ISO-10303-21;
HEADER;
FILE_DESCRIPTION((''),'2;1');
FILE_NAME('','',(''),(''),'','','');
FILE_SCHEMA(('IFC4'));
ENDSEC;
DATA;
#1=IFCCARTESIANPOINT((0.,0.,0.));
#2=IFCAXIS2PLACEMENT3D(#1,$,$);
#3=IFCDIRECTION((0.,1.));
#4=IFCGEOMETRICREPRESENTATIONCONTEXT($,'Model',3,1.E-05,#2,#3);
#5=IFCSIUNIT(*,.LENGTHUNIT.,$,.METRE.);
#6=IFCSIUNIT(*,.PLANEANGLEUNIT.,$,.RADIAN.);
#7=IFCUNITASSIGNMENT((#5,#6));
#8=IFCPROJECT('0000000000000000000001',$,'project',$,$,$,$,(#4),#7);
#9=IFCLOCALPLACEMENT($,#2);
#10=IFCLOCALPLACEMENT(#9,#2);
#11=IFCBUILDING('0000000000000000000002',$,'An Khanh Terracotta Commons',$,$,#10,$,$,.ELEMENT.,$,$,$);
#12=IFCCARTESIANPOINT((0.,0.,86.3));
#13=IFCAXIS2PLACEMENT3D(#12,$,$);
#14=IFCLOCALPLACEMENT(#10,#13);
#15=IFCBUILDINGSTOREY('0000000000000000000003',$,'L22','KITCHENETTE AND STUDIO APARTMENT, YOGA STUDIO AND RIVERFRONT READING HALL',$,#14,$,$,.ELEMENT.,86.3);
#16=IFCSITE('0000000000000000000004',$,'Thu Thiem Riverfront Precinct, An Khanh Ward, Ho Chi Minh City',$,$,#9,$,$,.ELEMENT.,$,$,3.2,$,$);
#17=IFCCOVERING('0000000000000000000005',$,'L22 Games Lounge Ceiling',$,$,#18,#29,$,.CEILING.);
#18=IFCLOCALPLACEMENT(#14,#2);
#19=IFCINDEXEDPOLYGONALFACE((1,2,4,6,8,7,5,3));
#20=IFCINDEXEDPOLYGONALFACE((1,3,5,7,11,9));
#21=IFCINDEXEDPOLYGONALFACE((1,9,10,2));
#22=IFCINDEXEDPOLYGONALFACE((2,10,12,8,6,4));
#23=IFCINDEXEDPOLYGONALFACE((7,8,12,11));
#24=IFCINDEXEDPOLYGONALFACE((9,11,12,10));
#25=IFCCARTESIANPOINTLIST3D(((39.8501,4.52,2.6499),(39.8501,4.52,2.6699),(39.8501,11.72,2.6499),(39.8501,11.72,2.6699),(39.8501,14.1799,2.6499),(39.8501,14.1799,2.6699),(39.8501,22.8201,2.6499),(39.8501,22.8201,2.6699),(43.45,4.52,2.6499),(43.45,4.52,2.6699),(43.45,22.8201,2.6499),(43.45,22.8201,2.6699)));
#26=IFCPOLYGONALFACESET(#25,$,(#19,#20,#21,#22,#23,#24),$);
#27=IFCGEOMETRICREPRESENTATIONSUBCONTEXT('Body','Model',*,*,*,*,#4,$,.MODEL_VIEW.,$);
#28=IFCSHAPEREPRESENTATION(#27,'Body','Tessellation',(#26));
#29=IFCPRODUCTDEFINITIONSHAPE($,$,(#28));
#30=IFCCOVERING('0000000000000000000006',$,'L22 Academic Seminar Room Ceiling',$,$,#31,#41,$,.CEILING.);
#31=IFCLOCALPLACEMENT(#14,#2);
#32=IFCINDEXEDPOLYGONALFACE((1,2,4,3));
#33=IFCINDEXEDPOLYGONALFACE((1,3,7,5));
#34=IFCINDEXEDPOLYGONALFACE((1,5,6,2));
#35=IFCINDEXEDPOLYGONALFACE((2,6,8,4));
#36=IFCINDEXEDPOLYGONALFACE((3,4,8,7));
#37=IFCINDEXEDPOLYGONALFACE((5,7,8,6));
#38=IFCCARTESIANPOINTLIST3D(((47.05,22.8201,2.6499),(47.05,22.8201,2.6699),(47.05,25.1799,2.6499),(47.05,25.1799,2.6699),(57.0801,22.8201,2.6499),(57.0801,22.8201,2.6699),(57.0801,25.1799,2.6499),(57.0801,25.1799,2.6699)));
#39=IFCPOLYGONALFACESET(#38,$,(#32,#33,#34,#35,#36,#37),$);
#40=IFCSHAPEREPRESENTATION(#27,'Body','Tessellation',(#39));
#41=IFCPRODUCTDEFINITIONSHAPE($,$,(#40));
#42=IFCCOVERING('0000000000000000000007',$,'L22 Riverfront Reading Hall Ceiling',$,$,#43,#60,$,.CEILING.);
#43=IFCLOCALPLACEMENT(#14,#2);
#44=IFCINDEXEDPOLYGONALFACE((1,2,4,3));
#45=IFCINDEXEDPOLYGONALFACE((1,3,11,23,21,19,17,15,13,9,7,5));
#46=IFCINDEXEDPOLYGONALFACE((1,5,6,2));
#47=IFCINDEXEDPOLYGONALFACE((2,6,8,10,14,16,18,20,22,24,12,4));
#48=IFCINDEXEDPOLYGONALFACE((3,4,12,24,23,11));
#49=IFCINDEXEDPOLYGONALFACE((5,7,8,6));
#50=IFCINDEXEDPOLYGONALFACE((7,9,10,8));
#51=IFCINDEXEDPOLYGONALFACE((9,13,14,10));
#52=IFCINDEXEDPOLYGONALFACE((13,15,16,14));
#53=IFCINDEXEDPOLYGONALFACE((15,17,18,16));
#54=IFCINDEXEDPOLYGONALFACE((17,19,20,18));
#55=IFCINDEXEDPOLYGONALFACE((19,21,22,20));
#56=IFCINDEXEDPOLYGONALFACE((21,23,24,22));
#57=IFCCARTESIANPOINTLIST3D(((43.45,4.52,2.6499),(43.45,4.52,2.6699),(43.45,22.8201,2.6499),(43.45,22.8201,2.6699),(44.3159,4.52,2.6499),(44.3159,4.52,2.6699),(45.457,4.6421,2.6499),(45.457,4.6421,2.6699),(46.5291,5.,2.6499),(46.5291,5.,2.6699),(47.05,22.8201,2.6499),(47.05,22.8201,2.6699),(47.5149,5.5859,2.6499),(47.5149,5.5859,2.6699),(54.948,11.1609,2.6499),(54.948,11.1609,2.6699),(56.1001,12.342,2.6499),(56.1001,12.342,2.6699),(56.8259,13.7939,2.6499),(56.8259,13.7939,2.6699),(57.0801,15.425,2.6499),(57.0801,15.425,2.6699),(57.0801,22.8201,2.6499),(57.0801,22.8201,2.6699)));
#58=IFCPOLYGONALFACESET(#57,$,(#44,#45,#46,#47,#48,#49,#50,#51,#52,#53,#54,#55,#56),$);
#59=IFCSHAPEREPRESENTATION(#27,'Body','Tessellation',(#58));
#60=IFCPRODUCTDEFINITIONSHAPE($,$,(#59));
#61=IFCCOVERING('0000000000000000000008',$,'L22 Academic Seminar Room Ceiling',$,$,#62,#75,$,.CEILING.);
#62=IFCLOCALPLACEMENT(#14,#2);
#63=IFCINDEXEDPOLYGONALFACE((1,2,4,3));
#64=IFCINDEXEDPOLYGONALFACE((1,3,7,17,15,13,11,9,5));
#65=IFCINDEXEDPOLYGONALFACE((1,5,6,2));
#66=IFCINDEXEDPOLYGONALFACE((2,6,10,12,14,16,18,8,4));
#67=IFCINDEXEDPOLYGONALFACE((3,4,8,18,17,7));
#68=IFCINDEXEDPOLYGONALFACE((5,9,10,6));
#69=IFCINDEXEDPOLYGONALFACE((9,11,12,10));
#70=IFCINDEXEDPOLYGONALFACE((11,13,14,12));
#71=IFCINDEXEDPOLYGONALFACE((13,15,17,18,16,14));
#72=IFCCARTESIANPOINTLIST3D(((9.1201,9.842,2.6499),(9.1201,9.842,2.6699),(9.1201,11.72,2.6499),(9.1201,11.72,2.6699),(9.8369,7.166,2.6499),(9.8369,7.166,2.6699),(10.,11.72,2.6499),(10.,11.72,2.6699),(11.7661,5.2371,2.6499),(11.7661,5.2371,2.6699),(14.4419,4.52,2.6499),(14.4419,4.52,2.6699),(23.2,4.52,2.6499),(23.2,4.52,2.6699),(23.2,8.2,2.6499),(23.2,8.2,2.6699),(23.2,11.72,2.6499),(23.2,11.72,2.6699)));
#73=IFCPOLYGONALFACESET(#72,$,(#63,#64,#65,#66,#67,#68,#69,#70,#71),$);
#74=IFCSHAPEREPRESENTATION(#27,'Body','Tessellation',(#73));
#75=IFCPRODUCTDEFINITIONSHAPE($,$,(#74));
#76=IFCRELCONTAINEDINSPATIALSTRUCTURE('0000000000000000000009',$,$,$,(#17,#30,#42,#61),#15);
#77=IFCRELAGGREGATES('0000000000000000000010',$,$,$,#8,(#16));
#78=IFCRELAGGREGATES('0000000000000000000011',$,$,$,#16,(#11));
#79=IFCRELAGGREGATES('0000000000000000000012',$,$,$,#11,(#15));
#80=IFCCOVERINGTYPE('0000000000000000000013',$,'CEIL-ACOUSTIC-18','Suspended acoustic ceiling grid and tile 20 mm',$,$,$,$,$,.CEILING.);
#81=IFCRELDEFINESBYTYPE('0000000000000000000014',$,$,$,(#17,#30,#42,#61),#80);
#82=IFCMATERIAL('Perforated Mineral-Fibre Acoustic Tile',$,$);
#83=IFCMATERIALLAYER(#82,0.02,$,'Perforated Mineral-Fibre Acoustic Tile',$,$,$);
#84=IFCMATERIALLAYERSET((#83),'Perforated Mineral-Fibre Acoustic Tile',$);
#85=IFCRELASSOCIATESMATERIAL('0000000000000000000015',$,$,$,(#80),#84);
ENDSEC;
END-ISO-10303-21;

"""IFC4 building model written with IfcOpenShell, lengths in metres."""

from ifc_helpers import new_model, si_unit, direction, frame, origin, place, context, subcontext, project, spatial, polyline, outline, extrude, material, layer, layer_set, type_object, element, save


model = new_model("IFC4")

# Units and contexts
model_context = context("Model", 3, precision=1e-05, world=origin(), true_north=direction((0.0, 1.0)))
body_context = subcontext(model_context, "Body", "Model", "MODEL_VIEW")
ifc_project = project(units=[si_unit("LENGTHUNIT", "METRE"), si_unit("PLANEANGLEUNIT", "RADIAN")], contexts=[model_context])

# Site, building, storey
site_placement = place(None, origin())
site = spatial("IfcSite", under=ifc_project, at=site_placement, Name="Thu Thiem Riverfront Precinct, An Khanh Ward, Ho Chi Minh City", CompositionType="ELEMENT", RefElevation=3.2)
building_placement = place(site_placement, origin())
building = spatial("IfcBuilding", under=site, at=building_placement, Name="An Khanh Terracotta Commons", CompositionType="ELEMENT")
storey_placement = place(building_placement, frame((0.0, 0.0, 86.3)))
storey = spatial("IfcBuildingStorey", under=building, at=storey_placement, Name="L22", Description="KITCHENETTE AND STUDIO APARTMENT, YOGA STUDIO AND RIVERFRONT READING HALL", CompositionType="ELEMENT", Elevation=86.3)

# Coverings
ifc_material_1 = material(Name="Perforated Mineral-Fibre Acoustic Tile")
ifc_layer_1 = layer(ifc_material_1, 0.02, Name="Perforated Mineral-Fibre Acoustic Tile")
ifc_layer_set_1 = layer_set([ifc_layer_1], Name="Perforated Mineral-Fibre Acoustic Tile")
covering_type = type_object("IfcCoveringType", Name="CEIL-ACOUSTIC-18", Description="Suspended acoustic ceiling grid and tile 20 mm", PredefinedType="CEILING", material=ifc_layer_set_1)
covering_1_placement = place(storey_placement, frame((0.0, 0.0, 2.6499)))
element("IfcCovering", 1, at=covering_1_placement, inside=storey, type_object=covering_type, Name="L22 Games Lounge Ceiling", PredefinedType="CEILING", context=body_context, shape_type="SweptSolid", body=[
    extrude(outline(polyline([(39.8501, 4.52), (39.8501, 11.72), (39.8501, 14.1799), (39.8501, 22.8201), (43.45, 22.8201), (43.45, 4.52), (39.8501, 4.52)])), origin(), (0.0, 0.0, 1.0), 0.02),
])
covering_2_placement = place(storey_placement, frame((0.0, 0.0, 2.6499)))
element("IfcCovering", 2, at=covering_2_placement, inside=storey, type_object=covering_type, Name="L22 Academic Seminar Room Ceiling", PredefinedType="CEILING", context=body_context, shape_type="SweptSolid", body=[
    extrude(outline(polyline([(57.0801, 22.8201), (47.05, 22.8201), (47.05, 25.1799), (57.0801, 25.1799), (57.0801, 22.8201)])), origin(), (0.0, 0.0, 1.0), 0.02),
])
covering_3_placement = place(storey_placement, frame((0.0, 0.0, 2.6499)))
element("IfcCovering", 3, at=covering_3_placement, inside=storey, type_object=covering_type, Name="L22 Riverfront Reading Hall Ceiling", PredefinedType="CEILING", context=body_context, shape_type="SweptSolid", body=[
    extrude(outline(polyline([(57.0801, 15.425), (56.8259, 13.7939), (56.1001, 12.342), (54.948, 11.1609), (47.5149, 5.5859), (46.5291, 5.0), (45.457, 4.6421), (44.3159, 4.52), (43.45, 4.52), (43.45, 22.8201), (47.05, 22.8201), (57.0801, 22.8201), (57.0801, 15.425)])), origin(), (0.0, 0.0, 1.0), 0.02),
])
covering_4_placement = place(storey_placement, frame((0.0, 0.0, 2.6499)))
element("IfcCovering", 4, at=covering_4_placement, inside=storey, type_object=covering_type, Name="L22 Academic Seminar Room Ceiling", PredefinedType="CEILING", context=body_context, shape_type="SweptSolid", body=[
    extrude(outline(polyline([(14.4419, 4.52), (11.7661, 5.2371), (9.8369, 7.166), (9.1201, 9.842), (9.1201, 11.72), (10.0, 11.72), (23.2, 11.72), (23.2, 8.2), (23.2, 4.52), (14.4419, 4.52)])), origin(), (0.0, 0.0, 1.0), 0.02),
])

save(model, "model.ifc")
